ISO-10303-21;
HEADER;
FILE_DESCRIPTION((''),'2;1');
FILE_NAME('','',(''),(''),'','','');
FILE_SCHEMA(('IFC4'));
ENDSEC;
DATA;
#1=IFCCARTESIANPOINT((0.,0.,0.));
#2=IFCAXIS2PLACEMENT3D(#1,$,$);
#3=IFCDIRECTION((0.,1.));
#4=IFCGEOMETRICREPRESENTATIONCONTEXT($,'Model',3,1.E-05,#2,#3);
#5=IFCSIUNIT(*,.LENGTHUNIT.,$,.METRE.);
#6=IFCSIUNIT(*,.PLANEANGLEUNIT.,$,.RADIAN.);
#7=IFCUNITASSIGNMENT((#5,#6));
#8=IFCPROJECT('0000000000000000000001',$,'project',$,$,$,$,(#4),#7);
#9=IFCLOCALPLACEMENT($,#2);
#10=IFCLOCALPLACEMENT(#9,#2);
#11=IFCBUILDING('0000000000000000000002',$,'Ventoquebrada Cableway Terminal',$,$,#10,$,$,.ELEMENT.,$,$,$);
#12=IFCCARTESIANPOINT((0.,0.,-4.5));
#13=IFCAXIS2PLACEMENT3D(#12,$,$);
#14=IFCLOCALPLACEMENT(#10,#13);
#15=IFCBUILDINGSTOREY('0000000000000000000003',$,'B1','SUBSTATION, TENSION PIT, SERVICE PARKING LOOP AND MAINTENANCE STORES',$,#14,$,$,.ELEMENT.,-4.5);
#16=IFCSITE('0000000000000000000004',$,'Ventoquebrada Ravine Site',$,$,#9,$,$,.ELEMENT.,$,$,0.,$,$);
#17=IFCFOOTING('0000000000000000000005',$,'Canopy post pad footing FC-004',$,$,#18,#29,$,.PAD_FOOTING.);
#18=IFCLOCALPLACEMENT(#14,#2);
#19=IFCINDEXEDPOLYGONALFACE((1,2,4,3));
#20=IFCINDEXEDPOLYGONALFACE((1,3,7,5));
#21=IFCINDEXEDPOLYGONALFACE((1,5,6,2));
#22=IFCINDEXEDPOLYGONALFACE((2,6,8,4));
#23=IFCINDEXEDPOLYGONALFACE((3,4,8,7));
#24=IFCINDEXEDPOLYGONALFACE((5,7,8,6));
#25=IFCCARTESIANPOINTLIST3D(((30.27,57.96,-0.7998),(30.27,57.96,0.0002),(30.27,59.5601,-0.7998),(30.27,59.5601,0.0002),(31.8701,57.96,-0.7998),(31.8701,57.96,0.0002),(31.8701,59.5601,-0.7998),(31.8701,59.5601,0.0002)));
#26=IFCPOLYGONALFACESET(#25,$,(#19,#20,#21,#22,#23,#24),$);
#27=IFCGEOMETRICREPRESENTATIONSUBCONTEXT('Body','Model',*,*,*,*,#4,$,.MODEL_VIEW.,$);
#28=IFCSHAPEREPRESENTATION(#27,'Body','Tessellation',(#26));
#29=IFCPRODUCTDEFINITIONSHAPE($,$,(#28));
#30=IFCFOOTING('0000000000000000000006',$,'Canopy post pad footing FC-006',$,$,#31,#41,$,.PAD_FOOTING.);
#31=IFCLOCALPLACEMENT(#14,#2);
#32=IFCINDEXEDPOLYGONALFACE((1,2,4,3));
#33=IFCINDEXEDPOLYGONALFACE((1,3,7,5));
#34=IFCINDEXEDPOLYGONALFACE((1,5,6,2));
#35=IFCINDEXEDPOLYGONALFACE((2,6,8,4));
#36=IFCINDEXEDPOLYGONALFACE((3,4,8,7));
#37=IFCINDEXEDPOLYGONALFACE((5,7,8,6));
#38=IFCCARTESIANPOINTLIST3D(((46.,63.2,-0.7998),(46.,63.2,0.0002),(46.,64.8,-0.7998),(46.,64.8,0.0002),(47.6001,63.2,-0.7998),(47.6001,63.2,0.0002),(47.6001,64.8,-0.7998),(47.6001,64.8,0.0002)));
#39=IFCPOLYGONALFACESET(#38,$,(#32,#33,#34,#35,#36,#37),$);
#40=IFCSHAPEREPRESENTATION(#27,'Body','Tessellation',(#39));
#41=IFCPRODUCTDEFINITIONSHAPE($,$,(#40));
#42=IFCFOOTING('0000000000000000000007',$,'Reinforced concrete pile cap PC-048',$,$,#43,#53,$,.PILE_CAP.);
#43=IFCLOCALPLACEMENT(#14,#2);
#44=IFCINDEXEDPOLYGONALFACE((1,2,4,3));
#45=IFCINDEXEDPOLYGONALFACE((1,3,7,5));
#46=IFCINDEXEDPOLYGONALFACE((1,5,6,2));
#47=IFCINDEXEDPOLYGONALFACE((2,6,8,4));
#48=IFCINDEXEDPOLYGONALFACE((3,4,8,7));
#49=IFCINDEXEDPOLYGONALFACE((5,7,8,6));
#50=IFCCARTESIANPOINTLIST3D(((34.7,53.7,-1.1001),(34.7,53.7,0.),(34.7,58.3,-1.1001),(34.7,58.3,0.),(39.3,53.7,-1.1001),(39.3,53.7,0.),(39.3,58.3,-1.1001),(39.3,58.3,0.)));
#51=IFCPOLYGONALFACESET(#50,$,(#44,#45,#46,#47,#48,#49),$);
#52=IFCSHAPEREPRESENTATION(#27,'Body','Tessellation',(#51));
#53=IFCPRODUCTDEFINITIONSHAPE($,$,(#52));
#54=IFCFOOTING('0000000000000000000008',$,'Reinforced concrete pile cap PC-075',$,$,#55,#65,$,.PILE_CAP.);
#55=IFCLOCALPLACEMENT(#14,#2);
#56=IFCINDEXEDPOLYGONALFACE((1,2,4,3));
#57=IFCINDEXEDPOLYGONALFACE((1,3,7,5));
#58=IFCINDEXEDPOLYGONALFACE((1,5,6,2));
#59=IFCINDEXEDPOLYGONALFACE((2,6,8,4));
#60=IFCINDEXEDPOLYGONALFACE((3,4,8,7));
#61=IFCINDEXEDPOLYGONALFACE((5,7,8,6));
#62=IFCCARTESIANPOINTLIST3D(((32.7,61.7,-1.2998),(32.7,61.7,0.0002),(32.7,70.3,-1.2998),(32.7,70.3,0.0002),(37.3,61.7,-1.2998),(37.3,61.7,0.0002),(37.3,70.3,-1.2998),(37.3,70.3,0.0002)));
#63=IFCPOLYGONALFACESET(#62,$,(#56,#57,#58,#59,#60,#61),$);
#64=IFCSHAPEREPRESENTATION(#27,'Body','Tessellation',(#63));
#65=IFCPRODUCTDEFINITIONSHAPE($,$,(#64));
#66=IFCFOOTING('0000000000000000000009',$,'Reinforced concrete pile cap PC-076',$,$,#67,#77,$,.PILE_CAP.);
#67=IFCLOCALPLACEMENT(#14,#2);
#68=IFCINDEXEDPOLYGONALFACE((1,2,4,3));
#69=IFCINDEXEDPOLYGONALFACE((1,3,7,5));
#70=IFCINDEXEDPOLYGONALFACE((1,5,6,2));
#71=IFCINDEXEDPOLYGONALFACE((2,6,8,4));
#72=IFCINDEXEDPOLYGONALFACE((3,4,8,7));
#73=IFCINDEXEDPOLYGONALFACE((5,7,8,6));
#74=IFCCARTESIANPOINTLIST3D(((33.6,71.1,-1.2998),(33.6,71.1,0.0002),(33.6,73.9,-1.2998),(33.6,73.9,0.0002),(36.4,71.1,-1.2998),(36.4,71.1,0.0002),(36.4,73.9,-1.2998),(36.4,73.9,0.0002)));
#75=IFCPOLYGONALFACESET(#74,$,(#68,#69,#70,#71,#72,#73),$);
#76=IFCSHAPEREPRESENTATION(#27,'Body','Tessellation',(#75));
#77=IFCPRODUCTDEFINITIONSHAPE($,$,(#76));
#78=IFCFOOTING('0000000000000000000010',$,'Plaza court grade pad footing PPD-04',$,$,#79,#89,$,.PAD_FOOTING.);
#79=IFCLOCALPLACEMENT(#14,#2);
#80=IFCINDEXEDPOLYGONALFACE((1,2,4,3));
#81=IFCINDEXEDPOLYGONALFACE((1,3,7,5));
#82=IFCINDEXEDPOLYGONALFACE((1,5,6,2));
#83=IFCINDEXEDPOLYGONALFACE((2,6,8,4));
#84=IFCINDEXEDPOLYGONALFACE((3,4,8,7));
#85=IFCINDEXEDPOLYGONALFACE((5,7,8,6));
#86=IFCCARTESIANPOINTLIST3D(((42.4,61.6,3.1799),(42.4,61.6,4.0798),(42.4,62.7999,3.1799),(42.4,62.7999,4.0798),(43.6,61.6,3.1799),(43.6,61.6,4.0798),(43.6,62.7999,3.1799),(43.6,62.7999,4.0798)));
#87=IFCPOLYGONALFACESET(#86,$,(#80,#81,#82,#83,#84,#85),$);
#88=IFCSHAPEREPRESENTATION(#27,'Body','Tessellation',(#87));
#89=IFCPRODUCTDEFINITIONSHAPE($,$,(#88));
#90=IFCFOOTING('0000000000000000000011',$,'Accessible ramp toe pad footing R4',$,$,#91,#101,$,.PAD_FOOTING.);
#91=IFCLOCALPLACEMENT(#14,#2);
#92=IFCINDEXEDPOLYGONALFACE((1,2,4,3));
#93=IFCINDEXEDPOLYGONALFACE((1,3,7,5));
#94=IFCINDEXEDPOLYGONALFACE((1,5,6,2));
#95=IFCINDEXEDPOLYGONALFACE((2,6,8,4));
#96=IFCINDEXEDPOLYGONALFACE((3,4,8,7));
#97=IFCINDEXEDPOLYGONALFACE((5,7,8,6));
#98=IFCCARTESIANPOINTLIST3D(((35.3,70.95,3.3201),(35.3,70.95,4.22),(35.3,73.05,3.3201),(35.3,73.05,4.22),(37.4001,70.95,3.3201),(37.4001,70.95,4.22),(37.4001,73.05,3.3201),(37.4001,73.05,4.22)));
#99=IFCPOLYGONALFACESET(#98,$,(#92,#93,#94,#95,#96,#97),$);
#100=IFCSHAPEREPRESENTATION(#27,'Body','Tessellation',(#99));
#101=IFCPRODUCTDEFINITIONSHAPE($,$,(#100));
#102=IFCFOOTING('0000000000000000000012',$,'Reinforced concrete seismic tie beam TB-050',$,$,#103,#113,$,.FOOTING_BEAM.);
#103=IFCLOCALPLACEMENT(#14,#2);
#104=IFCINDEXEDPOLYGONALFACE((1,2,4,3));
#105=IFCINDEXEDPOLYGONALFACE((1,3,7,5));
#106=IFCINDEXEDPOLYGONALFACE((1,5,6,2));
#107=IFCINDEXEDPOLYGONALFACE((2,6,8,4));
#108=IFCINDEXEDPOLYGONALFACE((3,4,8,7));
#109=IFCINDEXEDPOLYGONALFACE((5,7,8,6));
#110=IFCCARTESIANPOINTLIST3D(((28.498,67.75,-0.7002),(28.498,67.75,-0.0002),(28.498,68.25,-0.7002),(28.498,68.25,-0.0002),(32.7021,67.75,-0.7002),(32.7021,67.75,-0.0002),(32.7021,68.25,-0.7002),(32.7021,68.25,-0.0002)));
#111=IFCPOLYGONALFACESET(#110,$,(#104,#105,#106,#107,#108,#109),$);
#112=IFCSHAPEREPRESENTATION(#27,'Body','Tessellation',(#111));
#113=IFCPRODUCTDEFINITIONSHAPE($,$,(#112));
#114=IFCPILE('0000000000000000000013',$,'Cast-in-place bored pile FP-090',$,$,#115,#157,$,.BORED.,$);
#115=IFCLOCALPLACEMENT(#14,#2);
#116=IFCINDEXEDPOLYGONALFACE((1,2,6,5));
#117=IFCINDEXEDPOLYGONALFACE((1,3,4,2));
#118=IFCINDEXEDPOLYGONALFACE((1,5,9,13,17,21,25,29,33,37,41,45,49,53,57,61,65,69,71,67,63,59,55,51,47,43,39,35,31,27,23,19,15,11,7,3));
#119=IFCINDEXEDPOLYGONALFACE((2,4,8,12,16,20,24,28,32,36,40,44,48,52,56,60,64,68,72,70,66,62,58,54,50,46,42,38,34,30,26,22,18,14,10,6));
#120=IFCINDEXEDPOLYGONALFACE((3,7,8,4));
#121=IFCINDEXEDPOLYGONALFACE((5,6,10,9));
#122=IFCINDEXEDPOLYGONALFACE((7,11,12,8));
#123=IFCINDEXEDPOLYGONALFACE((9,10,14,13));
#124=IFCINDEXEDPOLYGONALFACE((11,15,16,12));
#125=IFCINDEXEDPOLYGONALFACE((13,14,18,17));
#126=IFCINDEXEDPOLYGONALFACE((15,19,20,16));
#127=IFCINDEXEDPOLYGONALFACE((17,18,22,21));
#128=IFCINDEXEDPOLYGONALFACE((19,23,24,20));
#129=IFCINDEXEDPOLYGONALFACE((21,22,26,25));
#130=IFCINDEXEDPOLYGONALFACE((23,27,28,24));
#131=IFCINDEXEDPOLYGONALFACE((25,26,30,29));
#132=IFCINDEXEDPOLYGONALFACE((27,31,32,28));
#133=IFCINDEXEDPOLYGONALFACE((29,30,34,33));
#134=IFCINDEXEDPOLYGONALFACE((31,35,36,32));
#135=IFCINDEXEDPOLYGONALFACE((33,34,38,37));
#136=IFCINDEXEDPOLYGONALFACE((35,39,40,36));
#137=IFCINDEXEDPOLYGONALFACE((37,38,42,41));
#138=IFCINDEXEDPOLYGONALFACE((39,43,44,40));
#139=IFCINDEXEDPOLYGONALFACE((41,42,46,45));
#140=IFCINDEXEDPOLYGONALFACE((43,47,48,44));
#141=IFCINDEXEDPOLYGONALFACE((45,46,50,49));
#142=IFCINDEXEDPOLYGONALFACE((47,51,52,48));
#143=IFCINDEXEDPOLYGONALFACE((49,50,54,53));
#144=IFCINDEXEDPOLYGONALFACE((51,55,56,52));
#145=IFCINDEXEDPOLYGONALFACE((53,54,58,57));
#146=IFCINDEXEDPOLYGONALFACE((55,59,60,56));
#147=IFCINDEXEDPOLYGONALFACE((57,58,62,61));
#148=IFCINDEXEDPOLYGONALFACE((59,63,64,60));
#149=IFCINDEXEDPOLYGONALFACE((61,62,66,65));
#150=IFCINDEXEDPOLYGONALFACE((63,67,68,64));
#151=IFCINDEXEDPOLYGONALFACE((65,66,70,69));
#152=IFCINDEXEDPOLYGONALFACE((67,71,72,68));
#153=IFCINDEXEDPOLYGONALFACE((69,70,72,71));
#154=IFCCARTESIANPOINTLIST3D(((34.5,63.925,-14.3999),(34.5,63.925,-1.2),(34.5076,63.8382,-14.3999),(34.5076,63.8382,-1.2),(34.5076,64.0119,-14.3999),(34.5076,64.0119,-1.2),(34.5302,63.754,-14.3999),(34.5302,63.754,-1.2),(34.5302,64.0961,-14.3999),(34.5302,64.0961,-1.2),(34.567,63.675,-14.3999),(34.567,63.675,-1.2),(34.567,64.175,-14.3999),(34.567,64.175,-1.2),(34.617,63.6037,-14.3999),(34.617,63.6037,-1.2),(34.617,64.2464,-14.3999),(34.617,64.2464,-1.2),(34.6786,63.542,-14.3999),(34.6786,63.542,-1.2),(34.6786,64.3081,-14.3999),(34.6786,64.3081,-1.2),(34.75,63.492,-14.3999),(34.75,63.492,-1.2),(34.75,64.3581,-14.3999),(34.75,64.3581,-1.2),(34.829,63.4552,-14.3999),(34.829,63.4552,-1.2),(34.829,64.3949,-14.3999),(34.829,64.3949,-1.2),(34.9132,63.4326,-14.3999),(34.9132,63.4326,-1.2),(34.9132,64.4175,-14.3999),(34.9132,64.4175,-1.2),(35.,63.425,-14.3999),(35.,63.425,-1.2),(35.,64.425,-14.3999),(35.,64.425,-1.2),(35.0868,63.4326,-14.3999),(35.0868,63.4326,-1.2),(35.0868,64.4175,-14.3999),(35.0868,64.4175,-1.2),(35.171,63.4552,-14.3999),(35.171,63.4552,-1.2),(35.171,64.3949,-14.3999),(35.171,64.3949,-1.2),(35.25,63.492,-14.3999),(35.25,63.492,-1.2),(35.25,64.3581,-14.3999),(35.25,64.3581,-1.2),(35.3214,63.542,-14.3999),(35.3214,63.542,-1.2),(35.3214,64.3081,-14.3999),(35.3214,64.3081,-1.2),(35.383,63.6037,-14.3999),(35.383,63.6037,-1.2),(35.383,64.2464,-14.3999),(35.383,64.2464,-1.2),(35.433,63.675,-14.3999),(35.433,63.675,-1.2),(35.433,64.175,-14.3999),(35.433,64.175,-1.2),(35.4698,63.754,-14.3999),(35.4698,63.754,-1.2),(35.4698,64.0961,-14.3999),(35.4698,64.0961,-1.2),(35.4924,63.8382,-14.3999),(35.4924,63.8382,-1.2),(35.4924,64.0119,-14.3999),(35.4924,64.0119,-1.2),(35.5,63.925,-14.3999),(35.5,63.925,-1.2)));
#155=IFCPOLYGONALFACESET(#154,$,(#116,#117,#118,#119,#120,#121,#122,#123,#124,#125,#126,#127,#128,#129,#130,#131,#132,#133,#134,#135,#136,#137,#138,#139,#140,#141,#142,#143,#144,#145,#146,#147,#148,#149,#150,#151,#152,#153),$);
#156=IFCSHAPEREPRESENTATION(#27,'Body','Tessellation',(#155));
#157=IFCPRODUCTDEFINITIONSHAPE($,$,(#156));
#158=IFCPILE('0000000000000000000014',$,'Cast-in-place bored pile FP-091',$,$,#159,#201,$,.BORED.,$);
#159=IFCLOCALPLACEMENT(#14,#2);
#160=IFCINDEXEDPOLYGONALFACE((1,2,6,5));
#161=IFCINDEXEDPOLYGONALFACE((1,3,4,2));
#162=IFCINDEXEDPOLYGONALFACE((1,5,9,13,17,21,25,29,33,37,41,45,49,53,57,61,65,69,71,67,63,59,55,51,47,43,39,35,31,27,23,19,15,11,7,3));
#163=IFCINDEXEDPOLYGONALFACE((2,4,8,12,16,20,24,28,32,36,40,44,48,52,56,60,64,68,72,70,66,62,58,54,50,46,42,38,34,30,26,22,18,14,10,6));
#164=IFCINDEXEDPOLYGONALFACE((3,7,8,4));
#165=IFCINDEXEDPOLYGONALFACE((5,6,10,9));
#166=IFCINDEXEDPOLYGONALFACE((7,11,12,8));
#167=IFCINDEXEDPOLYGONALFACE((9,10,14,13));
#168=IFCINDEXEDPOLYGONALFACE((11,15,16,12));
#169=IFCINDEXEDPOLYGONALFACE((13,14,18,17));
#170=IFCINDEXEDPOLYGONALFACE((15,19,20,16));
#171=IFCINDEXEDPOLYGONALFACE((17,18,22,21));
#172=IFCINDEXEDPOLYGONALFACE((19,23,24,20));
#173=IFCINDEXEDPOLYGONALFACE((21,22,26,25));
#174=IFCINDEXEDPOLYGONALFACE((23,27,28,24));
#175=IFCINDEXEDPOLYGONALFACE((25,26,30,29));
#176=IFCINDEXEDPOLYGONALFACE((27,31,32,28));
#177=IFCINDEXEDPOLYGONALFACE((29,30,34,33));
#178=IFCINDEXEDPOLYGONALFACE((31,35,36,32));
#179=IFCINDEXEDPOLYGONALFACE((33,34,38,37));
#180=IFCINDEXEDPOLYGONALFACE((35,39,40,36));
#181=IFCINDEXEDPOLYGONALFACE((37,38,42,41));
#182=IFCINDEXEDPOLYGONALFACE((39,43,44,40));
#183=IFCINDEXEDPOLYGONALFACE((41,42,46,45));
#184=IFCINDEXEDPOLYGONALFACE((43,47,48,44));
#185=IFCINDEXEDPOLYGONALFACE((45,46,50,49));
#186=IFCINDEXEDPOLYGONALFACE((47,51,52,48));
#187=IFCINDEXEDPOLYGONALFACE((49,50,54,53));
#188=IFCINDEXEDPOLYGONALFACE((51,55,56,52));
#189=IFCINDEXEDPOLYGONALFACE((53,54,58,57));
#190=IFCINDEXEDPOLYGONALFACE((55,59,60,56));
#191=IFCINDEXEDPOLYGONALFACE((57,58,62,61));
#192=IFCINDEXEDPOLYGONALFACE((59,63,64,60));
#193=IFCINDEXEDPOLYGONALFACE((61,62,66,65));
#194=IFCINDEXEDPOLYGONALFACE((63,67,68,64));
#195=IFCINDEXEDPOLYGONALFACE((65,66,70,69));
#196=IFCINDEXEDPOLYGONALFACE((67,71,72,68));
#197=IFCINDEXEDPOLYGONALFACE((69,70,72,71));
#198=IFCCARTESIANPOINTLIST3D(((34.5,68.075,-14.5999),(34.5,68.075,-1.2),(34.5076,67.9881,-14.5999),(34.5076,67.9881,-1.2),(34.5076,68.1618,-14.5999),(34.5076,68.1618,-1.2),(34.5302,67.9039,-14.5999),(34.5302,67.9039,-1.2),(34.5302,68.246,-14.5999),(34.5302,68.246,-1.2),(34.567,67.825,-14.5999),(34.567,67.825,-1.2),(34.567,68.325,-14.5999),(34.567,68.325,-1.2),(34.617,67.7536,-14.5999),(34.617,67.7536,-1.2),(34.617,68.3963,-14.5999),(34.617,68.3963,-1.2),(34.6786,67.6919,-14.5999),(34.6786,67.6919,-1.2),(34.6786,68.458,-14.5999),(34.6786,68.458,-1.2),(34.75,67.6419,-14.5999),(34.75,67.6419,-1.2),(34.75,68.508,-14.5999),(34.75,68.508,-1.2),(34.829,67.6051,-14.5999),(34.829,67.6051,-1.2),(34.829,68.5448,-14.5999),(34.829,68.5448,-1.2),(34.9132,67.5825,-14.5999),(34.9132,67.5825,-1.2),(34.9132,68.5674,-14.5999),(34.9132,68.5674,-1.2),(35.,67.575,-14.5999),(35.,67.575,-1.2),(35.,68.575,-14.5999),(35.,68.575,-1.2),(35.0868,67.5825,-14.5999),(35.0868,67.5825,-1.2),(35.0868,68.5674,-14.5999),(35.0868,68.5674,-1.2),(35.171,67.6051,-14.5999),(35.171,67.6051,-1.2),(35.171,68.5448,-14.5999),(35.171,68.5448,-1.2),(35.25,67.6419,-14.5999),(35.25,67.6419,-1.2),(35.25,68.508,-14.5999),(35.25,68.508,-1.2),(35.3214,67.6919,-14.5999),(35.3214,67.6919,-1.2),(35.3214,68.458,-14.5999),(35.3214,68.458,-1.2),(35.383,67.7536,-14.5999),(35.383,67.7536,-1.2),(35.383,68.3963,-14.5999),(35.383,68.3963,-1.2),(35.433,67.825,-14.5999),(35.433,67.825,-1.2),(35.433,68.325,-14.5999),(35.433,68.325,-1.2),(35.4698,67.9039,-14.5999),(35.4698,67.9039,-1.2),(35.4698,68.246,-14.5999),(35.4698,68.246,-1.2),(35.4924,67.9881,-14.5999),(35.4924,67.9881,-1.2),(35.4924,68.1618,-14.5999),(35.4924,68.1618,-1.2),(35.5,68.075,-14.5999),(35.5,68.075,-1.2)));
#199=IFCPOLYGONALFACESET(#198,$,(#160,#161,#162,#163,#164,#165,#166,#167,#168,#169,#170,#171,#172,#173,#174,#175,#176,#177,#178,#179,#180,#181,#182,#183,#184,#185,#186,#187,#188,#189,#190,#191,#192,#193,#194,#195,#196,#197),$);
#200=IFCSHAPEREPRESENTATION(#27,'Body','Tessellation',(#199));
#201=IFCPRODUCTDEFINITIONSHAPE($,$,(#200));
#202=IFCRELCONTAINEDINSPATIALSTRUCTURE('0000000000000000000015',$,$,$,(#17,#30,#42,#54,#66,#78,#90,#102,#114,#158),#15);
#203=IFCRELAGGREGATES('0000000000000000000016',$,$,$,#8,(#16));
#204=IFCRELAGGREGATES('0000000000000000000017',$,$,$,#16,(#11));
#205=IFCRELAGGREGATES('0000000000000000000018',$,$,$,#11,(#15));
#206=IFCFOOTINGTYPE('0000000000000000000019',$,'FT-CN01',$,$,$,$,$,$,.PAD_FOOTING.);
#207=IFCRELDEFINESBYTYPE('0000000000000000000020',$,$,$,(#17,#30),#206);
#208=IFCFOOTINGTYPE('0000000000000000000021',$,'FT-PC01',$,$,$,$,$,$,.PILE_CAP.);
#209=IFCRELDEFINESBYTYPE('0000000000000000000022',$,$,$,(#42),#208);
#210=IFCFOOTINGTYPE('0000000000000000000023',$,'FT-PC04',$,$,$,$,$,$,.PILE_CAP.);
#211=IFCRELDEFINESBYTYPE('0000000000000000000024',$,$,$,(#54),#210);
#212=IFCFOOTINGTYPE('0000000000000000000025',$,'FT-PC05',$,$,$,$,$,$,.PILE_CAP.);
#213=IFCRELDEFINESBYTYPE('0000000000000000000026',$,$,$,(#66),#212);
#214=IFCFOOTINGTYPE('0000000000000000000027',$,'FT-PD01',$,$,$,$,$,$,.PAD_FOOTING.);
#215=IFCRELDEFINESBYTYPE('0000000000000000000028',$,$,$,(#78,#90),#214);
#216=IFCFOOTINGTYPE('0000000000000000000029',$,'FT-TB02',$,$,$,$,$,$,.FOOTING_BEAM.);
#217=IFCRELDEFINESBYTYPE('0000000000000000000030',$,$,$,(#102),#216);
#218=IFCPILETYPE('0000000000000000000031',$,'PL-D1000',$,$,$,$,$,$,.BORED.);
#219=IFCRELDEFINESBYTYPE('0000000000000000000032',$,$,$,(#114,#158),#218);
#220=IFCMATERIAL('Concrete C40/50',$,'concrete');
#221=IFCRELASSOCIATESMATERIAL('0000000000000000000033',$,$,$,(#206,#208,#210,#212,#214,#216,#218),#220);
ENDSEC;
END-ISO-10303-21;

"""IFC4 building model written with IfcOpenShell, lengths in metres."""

from ifc_helpers import new_model, si_unit, direction, frame, origin, origin_2d, place, context, subcontext, project, spatial, rectangle, circle, extrude, material, material_profile, profile_set, type_object, element, save


model = new_model("IFC4")

# Units and contexts
model_context = context("Model", 3, precision=1e-05, world=origin(), true_north=direction((0.0, 1.0)))
body_context = subcontext(model_context, "Body", "Model", "MODEL_VIEW")
ifc_project = project(units=[si_unit("LENGTHUNIT", "METRE"), si_unit("PLANEANGLEUNIT", "RADIAN")], contexts=[model_context])

# Site, building, storey
site_placement = place(None, origin())
site = spatial("IfcSite", under=ifc_project, at=site_placement, Name="Ventoquebrada Ravine Site", CompositionType="ELEMENT", RefElevation=0.0)
building_placement = place(site_placement, origin())
building = spatial("IfcBuilding", under=site, at=building_placement, Name="Ventoquebrada Cableway Terminal", CompositionType="ELEMENT")
storey_placement = place(building_placement, frame((0.0, 0.0, -4.5)))
storey = spatial("IfcBuildingStorey", under=building, at=storey_placement, Name="B1", Description="SUBSTATION, TENSION PIT, SERVICE PARKING LOOP AND MAINTENANCE STORES", CompositionType="ELEMENT", Elevation=-4.5)

# Footings
ifc_material_1 = material(Name="Concrete C40/50", Category="concrete")
footing_type_1 = type_object("IfcFootingType", Name="FT-CN01", PredefinedType="PAD_FOOTING", material=ifc_material_1)
for number, where, z_axis, x_axis, name in (
    (1, (31.0701, 58.76, -0.7998), (0.0, 0.0, 1.0), (1.0, 0.0, 0.0), "Canopy post pad footing FC-004"),
    (2, (46.8, 64.0, -0.7998), (0.0, 0.0, 1.0), (1.0, 0.0, 0.0), "Canopy post pad footing FC-006"),
):
    element("IfcFooting", number, at=place(storey_placement, frame(where, z_axis=z_axis, x_axis=x_axis)), inside=storey, type_object=footing_type_1, Name=name, PredefinedType="PAD_FOOTING", context=body_context, shape_type="SweptSolid", body=[
        extrude(rectangle(XDim=1.6001, YDim=1.6001, at=origin_2d()), origin(), (0.0, 0.0, 1.0), 0.8),
    ])
footing_type_2 = type_object("IfcFootingType", Name="FT-PC01", PredefinedType="PILE_CAP", material=ifc_material_1)
footing_1_placement = place(storey_placement, frame((37.0, 56.0, -1.1001), z_axis=(0.0, 0.0, 1.0), x_axis=(1.0, 0.0, 0.0)))
element("IfcFooting", 3, at=footing_1_placement, inside=storey, type_object=footing_type_2, Name="Reinforced concrete pile cap PC-048", PredefinedType="PILE_CAP", context=body_context, shape_type="SweptSolid", body=[
    extrude(rectangle(XDim=4.6001, YDim=4.6001, at=origin_2d()), origin(), (0.0, 0.0, 1.0), 1.1001),
])
footing_type_3 = type_object("IfcFootingType", Name="FT-PC04", PredefinedType="PILE_CAP", material=ifc_material_1)
footing_2_placement = place(storey_placement, frame((35.0, 66.0, -1.2998), z_axis=(0.0, 0.0, 1.0), x_axis=(1.0, 0.0, 0.0)))
element("IfcFooting", 4, at=footing_2_placement, inside=storey, type_object=footing_type_3, Name="Reinforced concrete pile cap PC-075", PredefinedType="PILE_CAP", context=body_context, shape_type="SweptSolid", body=[
    extrude(rectangle(XDim=4.6001, YDim=8.6001, at=origin_2d()), origin(), (0.0, 0.0, 1.0), 1.3),
])
footing_type_4 = type_object("IfcFootingType", Name="FT-PC05", PredefinedType="PILE_CAP", material=ifc_material_1)
footing_3_placement = place(storey_placement, frame((35.0, 72.5, -1.2998), z_axis=(0.0, 0.0, 1.0), x_axis=(1.0, 0.0, 0.0)))
element("IfcFooting", 5, at=footing_3_placement, inside=storey, type_object=footing_type_4, Name="Reinforced concrete pile cap PC-076", PredefinedType="PILE_CAP", context=body_context, shape_type="SweptSolid", body=[
    extrude(rectangle(XDim=2.8, YDim=2.8, at=origin_2d()), origin(), (0.0, 0.0, 1.0), 1.3),
])
footing_type_5 = type_object("IfcFootingType", Name="FT-PD01", PredefinedType="PAD_FOOTING", material=ifc_material_1)
footing_4_placement = place(storey_placement, frame((43.0, 62.2, 3.1799), z_axis=(0.0, 0.0, 1.0), x_axis=(1.0, 0.0, 0.0)))
element("IfcFooting", 6, at=footing_4_placement, inside=storey, type_object=footing_type_5, Name="Plaza court grade pad footing PPD-04", PredefinedType="PAD_FOOTING", context=body_context, shape_type="SweptSolid", body=[
    extrude(rectangle(XDim=1.2, YDim=1.2, at=origin_2d()), origin(), (0.0, 0.0, 1.0), 0.8999),
])
footing_5_placement = place(storey_placement, frame((36.3501, 72.0, 3.3201), z_axis=(0.0, 0.0, 1.0), x_axis=(1.0, 0.0, 0.0)))
element("IfcFooting", 7, at=footing_5_placement, inside=storey, type_object=footing_type_5, Name="Accessible ramp toe pad footing R4", PredefinedType="PAD_FOOTING", context=body_context, shape_type="SweptSolid", body=[
    extrude(rectangle(XDim=2.1001, YDim=2.1001, at=origin_2d()), origin(), (0.0, 0.0, 1.0), 0.8999),
])
footing_type_6 = type_object("IfcFootingType", Name="FT-TB02", PredefinedType="FOOTING_BEAM", material=ifc_material_1)
footing_6_placement = place(storey_placement, frame((30.6001, 68.0, -0.7002), z_axis=(0.0, 0.0, 1.0), x_axis=(1.0, 0.0, 0.0)))
element("IfcFooting", 8, at=footing_6_placement, inside=storey, type_object=footing_type_6, Name="Reinforced concrete seismic tie beam TB-050", PredefinedType="FOOTING_BEAM", context=body_context, shape_type="SweptSolid", body=[
    extrude(rectangle(XDim=4.2041, YDim=0.5, at=origin_2d()), origin(), (0.0, 0.0, 1.0), 0.7),
])

# Piles
ifc_material_profile_1 = material_profile(ifc_material_1, circle(Radius=0.5, at=origin_2d()), Name="PILE-D1000")
ifc_profile_set_1 = profile_set([ifc_material_profile_1], Name="Concrete C40/50")
pile_type_1 = type_object("IfcPileType", Name="PL-D1000", PredefinedType="BORED", material=ifc_profile_set_1)
pile_1_placement = place(storey_placement, frame((35.0, 63.925, -1.2), z_axis=(0.0, 0.0, -1.0), x_axis=(1.0, 0.0, 0.0)))
element("IfcPile", 9, at=pile_1_placement, inside=storey, type_object=pile_type_1, Name="Cast-in-place bored pile FP-090", PredefinedType="BORED", context=body_context, shape_type="SweptSolid", body=[
    extrude(circle(Radius=0.5, at=origin_2d()), origin(), (0.0, 0.0, 1.0), 13.2),
])
pile_2_placement = place(storey_placement, frame((35.0, 68.075, -1.2), z_axis=(0.0, 0.0, -1.0), x_axis=(1.0, 0.0, 0.0)))
element("IfcPile", 10, at=pile_2_placement, inside=storey, type_object=pile_type_1, Name="Cast-in-place bored pile FP-091", PredefinedType="BORED", context=body_context, shape_type="SweptSolid", body=[
    extrude(circle(Radius=0.5, at=origin_2d()), origin(), (0.0, 0.0, 1.0), 13.3999),
])

save(model, "model.ifc")
